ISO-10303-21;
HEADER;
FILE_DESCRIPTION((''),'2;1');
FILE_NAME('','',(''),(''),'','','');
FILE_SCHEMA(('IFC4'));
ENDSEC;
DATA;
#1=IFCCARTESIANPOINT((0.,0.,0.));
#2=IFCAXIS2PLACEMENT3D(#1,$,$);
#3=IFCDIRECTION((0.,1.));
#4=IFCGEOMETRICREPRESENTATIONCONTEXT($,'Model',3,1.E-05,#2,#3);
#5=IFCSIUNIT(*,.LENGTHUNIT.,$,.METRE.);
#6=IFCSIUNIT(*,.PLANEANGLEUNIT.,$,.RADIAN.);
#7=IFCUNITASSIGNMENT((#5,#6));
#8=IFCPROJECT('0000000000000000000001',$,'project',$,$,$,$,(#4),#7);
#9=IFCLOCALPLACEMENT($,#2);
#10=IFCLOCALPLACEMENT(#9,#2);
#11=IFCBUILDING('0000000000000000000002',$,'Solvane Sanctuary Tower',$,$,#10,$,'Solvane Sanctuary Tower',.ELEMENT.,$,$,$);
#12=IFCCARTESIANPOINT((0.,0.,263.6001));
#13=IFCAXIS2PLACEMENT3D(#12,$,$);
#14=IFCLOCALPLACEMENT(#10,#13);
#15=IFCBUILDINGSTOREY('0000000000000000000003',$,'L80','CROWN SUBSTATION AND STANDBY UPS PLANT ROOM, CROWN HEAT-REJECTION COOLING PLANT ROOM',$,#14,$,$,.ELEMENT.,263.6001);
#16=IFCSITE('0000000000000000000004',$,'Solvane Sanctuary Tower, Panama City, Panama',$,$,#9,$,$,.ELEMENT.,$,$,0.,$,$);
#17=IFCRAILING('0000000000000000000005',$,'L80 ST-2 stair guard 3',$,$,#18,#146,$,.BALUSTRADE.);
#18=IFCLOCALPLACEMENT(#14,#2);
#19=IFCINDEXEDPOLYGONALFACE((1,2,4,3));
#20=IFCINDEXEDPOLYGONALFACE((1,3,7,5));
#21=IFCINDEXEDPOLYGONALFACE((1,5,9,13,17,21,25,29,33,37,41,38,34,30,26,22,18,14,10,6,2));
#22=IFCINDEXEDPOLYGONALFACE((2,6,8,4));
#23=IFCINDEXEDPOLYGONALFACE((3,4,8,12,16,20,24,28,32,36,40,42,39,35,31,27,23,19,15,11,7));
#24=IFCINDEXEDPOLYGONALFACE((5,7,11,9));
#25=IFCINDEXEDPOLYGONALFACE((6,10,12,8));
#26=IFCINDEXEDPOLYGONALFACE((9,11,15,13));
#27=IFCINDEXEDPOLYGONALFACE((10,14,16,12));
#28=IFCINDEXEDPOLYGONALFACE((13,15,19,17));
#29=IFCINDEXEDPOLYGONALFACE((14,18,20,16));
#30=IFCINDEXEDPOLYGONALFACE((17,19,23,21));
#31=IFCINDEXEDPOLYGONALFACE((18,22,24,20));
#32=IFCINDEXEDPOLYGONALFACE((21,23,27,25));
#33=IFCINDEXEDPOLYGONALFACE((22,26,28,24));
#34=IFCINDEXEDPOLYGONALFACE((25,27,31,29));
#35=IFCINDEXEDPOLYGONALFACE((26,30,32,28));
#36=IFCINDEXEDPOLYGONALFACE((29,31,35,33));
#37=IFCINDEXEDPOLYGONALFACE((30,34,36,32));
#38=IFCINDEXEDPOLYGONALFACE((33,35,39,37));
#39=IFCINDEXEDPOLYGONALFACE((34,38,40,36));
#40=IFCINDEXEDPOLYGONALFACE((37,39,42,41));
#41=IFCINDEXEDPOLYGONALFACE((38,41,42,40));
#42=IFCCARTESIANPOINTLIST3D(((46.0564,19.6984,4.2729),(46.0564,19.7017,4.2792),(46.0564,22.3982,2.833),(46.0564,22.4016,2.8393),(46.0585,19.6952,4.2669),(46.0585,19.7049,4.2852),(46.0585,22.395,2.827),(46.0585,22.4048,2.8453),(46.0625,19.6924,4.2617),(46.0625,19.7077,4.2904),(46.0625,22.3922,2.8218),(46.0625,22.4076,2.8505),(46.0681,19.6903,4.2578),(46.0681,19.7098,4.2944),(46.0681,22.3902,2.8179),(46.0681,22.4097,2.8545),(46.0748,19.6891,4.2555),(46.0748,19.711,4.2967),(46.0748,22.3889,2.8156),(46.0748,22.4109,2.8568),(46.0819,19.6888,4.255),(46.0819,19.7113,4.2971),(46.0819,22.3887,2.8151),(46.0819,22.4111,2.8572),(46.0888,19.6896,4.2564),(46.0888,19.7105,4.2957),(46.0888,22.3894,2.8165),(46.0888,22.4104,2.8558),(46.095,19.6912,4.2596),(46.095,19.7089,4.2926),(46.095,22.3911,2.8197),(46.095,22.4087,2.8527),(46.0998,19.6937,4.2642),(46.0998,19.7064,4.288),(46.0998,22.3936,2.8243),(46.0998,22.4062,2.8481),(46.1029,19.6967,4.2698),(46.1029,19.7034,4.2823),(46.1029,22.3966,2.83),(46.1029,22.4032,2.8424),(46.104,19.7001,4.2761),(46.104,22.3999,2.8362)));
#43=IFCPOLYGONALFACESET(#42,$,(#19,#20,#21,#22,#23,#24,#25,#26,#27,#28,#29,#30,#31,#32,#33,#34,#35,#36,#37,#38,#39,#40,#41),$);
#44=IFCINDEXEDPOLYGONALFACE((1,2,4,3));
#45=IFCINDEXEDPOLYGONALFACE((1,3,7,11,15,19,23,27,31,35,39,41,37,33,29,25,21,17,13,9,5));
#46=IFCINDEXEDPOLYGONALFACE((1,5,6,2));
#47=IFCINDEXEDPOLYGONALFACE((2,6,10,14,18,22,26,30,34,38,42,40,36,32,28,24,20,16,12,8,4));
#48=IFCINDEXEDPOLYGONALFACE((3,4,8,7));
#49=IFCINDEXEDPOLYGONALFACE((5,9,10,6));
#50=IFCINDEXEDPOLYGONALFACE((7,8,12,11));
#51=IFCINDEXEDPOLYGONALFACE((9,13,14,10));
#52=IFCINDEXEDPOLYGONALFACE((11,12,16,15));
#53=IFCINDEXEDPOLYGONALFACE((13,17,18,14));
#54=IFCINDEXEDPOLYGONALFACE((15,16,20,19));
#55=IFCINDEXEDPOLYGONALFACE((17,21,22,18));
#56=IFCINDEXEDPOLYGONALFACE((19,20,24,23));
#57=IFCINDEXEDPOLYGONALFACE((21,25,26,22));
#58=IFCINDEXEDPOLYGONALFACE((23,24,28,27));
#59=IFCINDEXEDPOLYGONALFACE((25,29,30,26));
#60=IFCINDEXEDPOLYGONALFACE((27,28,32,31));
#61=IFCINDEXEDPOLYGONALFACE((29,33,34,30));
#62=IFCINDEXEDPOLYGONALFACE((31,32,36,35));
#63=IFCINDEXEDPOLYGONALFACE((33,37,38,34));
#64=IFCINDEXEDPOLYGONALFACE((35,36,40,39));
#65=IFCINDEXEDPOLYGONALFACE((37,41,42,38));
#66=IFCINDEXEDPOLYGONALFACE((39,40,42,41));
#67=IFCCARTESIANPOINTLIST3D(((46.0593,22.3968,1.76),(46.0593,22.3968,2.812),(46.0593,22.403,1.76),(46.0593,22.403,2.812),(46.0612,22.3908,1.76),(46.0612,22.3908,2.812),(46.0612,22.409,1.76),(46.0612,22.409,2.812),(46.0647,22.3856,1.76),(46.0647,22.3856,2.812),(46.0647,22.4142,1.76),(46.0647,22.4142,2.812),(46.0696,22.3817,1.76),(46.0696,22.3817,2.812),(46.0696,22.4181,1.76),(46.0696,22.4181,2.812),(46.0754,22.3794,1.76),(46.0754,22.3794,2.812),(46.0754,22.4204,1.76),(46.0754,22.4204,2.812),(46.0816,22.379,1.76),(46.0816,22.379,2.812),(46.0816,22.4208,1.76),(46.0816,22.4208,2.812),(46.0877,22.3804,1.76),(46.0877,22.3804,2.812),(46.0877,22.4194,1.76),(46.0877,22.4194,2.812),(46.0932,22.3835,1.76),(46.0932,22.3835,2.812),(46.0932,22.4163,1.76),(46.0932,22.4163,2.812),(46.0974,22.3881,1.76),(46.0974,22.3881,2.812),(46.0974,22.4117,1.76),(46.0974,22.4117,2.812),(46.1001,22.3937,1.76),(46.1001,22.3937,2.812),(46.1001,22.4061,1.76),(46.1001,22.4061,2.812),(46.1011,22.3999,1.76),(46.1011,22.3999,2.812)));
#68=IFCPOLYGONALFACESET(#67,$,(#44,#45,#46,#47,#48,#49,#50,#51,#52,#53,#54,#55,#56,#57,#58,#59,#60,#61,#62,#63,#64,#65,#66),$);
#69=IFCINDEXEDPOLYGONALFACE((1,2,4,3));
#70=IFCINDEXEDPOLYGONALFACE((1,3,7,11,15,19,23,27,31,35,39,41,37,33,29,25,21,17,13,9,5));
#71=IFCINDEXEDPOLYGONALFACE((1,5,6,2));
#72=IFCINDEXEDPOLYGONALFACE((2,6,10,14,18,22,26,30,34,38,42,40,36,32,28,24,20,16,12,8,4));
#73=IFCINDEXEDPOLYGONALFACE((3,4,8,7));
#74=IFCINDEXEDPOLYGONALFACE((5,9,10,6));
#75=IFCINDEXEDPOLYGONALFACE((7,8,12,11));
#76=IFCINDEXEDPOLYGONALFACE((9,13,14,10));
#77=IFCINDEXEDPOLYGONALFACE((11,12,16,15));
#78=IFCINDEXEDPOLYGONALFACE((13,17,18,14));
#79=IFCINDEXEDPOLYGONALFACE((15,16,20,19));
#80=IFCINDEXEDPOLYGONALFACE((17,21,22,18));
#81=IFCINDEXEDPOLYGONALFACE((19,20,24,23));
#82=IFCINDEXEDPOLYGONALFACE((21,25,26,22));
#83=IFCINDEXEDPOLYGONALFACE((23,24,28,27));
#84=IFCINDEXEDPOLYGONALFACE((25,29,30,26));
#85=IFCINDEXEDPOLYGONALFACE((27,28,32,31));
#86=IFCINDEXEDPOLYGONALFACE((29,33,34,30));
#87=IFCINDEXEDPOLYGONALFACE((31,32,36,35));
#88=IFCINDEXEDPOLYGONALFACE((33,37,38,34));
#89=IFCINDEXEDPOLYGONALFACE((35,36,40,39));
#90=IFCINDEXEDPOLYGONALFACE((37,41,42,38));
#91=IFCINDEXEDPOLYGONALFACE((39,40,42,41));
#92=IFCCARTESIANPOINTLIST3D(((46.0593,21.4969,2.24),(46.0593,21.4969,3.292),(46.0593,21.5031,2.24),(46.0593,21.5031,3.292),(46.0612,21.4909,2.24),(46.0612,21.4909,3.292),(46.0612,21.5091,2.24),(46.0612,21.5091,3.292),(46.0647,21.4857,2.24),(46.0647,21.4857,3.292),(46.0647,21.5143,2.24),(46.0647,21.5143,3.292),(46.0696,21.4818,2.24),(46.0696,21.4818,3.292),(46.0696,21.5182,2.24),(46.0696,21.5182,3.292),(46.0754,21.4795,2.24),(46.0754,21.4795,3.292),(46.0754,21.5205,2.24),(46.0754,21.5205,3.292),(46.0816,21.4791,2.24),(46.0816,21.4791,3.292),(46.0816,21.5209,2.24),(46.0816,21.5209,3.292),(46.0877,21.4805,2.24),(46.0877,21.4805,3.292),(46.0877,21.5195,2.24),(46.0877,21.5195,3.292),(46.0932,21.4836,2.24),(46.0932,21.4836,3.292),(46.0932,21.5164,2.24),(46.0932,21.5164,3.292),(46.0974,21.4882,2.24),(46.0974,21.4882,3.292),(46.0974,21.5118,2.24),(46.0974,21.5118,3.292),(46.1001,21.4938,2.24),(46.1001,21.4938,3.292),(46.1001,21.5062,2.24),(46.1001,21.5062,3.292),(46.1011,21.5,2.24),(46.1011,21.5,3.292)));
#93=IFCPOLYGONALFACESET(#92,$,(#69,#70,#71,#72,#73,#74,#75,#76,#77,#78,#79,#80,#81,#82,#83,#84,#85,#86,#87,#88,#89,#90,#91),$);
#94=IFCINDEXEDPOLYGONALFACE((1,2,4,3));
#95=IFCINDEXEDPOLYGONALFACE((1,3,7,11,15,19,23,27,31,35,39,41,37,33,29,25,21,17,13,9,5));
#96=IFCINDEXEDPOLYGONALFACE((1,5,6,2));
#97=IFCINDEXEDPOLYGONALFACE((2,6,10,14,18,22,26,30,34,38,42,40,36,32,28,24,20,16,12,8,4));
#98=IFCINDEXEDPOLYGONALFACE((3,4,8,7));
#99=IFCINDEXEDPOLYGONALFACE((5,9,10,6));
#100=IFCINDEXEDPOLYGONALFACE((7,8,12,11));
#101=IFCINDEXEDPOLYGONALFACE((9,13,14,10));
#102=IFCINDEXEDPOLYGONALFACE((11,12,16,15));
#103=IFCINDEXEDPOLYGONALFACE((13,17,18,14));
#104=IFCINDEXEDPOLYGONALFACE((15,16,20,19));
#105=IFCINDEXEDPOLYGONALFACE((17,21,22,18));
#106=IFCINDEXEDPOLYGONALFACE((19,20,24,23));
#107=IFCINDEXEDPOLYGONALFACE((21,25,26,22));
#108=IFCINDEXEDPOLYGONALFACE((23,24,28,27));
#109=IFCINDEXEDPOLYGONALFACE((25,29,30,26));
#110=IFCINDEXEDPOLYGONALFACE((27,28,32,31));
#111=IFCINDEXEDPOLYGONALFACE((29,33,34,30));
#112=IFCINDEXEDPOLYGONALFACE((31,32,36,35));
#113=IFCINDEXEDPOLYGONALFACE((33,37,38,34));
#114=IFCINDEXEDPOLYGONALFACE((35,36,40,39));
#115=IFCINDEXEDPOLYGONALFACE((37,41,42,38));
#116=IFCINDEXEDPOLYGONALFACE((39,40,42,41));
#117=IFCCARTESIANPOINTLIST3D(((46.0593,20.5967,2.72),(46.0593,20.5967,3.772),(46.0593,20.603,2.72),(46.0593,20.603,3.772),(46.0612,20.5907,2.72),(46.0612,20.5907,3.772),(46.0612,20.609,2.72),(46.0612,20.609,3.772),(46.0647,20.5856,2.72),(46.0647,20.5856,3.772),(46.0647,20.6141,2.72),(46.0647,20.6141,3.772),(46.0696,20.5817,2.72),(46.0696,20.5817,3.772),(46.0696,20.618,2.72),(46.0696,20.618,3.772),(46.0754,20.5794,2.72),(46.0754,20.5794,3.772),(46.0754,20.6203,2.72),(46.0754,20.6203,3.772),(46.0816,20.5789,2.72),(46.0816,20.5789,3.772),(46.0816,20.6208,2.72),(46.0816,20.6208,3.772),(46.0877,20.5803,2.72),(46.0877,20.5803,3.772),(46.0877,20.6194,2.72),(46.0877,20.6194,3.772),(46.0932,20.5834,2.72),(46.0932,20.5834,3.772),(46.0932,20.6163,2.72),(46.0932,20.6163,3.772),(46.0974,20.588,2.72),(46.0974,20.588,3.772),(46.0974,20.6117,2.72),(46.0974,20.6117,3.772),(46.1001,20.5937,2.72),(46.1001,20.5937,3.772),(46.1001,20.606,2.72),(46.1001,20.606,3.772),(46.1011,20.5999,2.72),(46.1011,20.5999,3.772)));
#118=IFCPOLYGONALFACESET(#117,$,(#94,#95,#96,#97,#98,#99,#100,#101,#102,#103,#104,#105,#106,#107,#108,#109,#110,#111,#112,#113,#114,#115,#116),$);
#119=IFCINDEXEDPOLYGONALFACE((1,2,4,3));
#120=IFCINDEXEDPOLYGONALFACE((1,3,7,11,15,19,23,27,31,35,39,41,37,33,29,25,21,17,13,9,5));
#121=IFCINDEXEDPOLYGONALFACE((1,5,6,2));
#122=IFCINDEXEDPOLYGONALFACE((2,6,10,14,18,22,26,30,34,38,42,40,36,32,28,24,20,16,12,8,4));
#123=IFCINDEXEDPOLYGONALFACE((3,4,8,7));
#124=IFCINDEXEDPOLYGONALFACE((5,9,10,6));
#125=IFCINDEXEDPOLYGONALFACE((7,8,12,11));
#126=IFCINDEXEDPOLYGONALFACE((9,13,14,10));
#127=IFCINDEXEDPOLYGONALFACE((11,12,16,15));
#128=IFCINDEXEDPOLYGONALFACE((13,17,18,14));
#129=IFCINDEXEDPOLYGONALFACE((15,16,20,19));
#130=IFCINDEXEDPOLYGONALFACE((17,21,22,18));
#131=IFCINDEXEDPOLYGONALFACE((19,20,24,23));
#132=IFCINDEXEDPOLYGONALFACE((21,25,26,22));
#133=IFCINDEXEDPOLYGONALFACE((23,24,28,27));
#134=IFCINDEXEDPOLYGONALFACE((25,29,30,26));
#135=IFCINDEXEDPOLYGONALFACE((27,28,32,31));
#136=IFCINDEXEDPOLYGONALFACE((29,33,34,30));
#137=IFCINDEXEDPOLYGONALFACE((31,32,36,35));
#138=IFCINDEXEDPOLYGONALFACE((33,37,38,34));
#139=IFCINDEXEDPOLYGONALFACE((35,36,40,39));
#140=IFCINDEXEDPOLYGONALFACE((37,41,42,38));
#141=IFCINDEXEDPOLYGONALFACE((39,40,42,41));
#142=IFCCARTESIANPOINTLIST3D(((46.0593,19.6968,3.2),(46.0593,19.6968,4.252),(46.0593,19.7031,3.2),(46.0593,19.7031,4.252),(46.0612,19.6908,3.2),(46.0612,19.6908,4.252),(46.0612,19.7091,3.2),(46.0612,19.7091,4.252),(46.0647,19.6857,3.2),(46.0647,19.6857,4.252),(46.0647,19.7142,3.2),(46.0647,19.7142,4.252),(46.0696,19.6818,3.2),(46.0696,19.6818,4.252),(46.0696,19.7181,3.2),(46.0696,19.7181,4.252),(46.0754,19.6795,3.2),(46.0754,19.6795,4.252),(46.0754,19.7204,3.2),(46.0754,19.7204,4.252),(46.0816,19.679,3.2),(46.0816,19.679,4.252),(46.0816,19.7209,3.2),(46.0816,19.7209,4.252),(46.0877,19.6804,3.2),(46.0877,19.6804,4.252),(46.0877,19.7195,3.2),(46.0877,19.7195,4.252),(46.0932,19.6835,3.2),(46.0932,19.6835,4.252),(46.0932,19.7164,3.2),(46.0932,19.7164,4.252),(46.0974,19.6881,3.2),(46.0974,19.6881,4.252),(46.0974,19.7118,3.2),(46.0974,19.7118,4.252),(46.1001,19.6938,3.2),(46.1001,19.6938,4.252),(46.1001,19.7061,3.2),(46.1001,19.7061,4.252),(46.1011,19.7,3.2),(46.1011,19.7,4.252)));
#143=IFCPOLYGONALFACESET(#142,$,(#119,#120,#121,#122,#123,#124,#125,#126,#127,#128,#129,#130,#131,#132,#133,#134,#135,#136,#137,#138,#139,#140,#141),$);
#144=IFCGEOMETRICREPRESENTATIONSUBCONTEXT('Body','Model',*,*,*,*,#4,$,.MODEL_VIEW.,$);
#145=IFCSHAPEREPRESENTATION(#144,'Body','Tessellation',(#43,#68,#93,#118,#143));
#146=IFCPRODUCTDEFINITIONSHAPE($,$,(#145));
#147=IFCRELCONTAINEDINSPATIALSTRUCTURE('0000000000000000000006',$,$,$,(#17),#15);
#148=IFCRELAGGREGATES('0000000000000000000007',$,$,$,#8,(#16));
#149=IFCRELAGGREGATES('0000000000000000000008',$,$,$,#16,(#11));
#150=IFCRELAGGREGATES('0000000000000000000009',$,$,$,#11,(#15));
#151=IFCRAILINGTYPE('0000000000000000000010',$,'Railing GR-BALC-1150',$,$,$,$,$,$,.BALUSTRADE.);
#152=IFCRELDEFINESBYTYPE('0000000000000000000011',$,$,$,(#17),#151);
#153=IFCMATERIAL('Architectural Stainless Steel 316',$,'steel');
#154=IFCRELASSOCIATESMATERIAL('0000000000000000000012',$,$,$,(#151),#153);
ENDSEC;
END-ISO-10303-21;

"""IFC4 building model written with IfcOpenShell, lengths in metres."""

from ifc_helpers import new_model, si_unit, direction, frame, origin, origin_2d, place, context, subcontext, project, spatial, circle, extrude, material, type_object, element, save


model = new_model("IFC4")

# Units and contexts
model_context = context("Model", 3, precision=1e-05, world=origin(), true_north=direction((0.0, 1.0)))
body_context = subcontext(model_context, "Body", "Model", "MODEL_VIEW")
ifc_project = project(units=[si_unit("LENGTHUNIT", "METRE"), si_unit("PLANEANGLEUNIT", "RADIAN")], contexts=[model_context])

# Site, building, storey
site_placement = place(None, origin())
site = spatial("IfcSite", under=ifc_project, at=site_placement, Name="Solvane Sanctuary Tower, Panama City, Panama", CompositionType="ELEMENT", RefElevation=0.0)
building_placement = place(site_placement, origin())
building = spatial("IfcBuilding", under=site, at=building_placement, Name="Solvane Sanctuary Tower", LongName="Solvane Sanctuary Tower", CompositionType="ELEMENT")
storey_placement = place(building_placement, frame((0.0, 0.0, 263.6001)))
storey = spatial("IfcBuildingStorey", under=building, at=storey_placement, Name="L80", Description="CROWN SUBSTATION AND STANDBY UPS PLANT ROOM, CROWN HEAT-REJECTION COOLING PLANT ROOM", CompositionType="ELEMENT", Elevation=263.6001)

# Shared definitions
ifc_material_1 = material(Name="Architectural Stainless Steel 316", Category="steel")

# Railing
railing_type_1 = type_object("IfcRailingType", Name="Railing GR-BALC-1150", PredefinedType="BALUSTRADE", material=ifc_material_1)
railing_1_placement = place(storey_placement, frame((46.0801, 22.3999, 1.76)))
element("IfcRailing", 1, at=railing_1_placement, inside=storey, type_object=railing_type_1, Name="L80 ST-2 stair guard 3", PredefinedType="BALUSTRADE", context=body_context, shape_type="SweptSolid", body=[
    extrude(circle(Radius=0.0239, at=origin_2d()), frame((0.0, 0.0, 1.0762), z_axis=(0.0, -0.882357, 0.47058), x_axis=(1.0, 0.0, 0.0)), (0.0, 0.0, 1.0), 3.0598),
    extrude(circle(Radius=0.021, at=origin_2d()), origin(), (0.0, 0.0, 1.0), 1.052),
    extrude(circle(Radius=0.021, at=origin_2d()), frame((0.0, -0.8999, 0.48)), (0.0, 0.0, 1.0), 1.052),
    extrude(circle(Radius=0.021, at=origin_2d()), frame((0.0, -1.8, 0.96)), (0.0, 0.0, 1.0), 1.052),
    extrude(circle(Radius=0.021, at=origin_2d()), frame((0.0, -2.7, 1.4399)), (0.0, 0.0, 1.0), 1.052),
])

save(model, "model.ifc")
